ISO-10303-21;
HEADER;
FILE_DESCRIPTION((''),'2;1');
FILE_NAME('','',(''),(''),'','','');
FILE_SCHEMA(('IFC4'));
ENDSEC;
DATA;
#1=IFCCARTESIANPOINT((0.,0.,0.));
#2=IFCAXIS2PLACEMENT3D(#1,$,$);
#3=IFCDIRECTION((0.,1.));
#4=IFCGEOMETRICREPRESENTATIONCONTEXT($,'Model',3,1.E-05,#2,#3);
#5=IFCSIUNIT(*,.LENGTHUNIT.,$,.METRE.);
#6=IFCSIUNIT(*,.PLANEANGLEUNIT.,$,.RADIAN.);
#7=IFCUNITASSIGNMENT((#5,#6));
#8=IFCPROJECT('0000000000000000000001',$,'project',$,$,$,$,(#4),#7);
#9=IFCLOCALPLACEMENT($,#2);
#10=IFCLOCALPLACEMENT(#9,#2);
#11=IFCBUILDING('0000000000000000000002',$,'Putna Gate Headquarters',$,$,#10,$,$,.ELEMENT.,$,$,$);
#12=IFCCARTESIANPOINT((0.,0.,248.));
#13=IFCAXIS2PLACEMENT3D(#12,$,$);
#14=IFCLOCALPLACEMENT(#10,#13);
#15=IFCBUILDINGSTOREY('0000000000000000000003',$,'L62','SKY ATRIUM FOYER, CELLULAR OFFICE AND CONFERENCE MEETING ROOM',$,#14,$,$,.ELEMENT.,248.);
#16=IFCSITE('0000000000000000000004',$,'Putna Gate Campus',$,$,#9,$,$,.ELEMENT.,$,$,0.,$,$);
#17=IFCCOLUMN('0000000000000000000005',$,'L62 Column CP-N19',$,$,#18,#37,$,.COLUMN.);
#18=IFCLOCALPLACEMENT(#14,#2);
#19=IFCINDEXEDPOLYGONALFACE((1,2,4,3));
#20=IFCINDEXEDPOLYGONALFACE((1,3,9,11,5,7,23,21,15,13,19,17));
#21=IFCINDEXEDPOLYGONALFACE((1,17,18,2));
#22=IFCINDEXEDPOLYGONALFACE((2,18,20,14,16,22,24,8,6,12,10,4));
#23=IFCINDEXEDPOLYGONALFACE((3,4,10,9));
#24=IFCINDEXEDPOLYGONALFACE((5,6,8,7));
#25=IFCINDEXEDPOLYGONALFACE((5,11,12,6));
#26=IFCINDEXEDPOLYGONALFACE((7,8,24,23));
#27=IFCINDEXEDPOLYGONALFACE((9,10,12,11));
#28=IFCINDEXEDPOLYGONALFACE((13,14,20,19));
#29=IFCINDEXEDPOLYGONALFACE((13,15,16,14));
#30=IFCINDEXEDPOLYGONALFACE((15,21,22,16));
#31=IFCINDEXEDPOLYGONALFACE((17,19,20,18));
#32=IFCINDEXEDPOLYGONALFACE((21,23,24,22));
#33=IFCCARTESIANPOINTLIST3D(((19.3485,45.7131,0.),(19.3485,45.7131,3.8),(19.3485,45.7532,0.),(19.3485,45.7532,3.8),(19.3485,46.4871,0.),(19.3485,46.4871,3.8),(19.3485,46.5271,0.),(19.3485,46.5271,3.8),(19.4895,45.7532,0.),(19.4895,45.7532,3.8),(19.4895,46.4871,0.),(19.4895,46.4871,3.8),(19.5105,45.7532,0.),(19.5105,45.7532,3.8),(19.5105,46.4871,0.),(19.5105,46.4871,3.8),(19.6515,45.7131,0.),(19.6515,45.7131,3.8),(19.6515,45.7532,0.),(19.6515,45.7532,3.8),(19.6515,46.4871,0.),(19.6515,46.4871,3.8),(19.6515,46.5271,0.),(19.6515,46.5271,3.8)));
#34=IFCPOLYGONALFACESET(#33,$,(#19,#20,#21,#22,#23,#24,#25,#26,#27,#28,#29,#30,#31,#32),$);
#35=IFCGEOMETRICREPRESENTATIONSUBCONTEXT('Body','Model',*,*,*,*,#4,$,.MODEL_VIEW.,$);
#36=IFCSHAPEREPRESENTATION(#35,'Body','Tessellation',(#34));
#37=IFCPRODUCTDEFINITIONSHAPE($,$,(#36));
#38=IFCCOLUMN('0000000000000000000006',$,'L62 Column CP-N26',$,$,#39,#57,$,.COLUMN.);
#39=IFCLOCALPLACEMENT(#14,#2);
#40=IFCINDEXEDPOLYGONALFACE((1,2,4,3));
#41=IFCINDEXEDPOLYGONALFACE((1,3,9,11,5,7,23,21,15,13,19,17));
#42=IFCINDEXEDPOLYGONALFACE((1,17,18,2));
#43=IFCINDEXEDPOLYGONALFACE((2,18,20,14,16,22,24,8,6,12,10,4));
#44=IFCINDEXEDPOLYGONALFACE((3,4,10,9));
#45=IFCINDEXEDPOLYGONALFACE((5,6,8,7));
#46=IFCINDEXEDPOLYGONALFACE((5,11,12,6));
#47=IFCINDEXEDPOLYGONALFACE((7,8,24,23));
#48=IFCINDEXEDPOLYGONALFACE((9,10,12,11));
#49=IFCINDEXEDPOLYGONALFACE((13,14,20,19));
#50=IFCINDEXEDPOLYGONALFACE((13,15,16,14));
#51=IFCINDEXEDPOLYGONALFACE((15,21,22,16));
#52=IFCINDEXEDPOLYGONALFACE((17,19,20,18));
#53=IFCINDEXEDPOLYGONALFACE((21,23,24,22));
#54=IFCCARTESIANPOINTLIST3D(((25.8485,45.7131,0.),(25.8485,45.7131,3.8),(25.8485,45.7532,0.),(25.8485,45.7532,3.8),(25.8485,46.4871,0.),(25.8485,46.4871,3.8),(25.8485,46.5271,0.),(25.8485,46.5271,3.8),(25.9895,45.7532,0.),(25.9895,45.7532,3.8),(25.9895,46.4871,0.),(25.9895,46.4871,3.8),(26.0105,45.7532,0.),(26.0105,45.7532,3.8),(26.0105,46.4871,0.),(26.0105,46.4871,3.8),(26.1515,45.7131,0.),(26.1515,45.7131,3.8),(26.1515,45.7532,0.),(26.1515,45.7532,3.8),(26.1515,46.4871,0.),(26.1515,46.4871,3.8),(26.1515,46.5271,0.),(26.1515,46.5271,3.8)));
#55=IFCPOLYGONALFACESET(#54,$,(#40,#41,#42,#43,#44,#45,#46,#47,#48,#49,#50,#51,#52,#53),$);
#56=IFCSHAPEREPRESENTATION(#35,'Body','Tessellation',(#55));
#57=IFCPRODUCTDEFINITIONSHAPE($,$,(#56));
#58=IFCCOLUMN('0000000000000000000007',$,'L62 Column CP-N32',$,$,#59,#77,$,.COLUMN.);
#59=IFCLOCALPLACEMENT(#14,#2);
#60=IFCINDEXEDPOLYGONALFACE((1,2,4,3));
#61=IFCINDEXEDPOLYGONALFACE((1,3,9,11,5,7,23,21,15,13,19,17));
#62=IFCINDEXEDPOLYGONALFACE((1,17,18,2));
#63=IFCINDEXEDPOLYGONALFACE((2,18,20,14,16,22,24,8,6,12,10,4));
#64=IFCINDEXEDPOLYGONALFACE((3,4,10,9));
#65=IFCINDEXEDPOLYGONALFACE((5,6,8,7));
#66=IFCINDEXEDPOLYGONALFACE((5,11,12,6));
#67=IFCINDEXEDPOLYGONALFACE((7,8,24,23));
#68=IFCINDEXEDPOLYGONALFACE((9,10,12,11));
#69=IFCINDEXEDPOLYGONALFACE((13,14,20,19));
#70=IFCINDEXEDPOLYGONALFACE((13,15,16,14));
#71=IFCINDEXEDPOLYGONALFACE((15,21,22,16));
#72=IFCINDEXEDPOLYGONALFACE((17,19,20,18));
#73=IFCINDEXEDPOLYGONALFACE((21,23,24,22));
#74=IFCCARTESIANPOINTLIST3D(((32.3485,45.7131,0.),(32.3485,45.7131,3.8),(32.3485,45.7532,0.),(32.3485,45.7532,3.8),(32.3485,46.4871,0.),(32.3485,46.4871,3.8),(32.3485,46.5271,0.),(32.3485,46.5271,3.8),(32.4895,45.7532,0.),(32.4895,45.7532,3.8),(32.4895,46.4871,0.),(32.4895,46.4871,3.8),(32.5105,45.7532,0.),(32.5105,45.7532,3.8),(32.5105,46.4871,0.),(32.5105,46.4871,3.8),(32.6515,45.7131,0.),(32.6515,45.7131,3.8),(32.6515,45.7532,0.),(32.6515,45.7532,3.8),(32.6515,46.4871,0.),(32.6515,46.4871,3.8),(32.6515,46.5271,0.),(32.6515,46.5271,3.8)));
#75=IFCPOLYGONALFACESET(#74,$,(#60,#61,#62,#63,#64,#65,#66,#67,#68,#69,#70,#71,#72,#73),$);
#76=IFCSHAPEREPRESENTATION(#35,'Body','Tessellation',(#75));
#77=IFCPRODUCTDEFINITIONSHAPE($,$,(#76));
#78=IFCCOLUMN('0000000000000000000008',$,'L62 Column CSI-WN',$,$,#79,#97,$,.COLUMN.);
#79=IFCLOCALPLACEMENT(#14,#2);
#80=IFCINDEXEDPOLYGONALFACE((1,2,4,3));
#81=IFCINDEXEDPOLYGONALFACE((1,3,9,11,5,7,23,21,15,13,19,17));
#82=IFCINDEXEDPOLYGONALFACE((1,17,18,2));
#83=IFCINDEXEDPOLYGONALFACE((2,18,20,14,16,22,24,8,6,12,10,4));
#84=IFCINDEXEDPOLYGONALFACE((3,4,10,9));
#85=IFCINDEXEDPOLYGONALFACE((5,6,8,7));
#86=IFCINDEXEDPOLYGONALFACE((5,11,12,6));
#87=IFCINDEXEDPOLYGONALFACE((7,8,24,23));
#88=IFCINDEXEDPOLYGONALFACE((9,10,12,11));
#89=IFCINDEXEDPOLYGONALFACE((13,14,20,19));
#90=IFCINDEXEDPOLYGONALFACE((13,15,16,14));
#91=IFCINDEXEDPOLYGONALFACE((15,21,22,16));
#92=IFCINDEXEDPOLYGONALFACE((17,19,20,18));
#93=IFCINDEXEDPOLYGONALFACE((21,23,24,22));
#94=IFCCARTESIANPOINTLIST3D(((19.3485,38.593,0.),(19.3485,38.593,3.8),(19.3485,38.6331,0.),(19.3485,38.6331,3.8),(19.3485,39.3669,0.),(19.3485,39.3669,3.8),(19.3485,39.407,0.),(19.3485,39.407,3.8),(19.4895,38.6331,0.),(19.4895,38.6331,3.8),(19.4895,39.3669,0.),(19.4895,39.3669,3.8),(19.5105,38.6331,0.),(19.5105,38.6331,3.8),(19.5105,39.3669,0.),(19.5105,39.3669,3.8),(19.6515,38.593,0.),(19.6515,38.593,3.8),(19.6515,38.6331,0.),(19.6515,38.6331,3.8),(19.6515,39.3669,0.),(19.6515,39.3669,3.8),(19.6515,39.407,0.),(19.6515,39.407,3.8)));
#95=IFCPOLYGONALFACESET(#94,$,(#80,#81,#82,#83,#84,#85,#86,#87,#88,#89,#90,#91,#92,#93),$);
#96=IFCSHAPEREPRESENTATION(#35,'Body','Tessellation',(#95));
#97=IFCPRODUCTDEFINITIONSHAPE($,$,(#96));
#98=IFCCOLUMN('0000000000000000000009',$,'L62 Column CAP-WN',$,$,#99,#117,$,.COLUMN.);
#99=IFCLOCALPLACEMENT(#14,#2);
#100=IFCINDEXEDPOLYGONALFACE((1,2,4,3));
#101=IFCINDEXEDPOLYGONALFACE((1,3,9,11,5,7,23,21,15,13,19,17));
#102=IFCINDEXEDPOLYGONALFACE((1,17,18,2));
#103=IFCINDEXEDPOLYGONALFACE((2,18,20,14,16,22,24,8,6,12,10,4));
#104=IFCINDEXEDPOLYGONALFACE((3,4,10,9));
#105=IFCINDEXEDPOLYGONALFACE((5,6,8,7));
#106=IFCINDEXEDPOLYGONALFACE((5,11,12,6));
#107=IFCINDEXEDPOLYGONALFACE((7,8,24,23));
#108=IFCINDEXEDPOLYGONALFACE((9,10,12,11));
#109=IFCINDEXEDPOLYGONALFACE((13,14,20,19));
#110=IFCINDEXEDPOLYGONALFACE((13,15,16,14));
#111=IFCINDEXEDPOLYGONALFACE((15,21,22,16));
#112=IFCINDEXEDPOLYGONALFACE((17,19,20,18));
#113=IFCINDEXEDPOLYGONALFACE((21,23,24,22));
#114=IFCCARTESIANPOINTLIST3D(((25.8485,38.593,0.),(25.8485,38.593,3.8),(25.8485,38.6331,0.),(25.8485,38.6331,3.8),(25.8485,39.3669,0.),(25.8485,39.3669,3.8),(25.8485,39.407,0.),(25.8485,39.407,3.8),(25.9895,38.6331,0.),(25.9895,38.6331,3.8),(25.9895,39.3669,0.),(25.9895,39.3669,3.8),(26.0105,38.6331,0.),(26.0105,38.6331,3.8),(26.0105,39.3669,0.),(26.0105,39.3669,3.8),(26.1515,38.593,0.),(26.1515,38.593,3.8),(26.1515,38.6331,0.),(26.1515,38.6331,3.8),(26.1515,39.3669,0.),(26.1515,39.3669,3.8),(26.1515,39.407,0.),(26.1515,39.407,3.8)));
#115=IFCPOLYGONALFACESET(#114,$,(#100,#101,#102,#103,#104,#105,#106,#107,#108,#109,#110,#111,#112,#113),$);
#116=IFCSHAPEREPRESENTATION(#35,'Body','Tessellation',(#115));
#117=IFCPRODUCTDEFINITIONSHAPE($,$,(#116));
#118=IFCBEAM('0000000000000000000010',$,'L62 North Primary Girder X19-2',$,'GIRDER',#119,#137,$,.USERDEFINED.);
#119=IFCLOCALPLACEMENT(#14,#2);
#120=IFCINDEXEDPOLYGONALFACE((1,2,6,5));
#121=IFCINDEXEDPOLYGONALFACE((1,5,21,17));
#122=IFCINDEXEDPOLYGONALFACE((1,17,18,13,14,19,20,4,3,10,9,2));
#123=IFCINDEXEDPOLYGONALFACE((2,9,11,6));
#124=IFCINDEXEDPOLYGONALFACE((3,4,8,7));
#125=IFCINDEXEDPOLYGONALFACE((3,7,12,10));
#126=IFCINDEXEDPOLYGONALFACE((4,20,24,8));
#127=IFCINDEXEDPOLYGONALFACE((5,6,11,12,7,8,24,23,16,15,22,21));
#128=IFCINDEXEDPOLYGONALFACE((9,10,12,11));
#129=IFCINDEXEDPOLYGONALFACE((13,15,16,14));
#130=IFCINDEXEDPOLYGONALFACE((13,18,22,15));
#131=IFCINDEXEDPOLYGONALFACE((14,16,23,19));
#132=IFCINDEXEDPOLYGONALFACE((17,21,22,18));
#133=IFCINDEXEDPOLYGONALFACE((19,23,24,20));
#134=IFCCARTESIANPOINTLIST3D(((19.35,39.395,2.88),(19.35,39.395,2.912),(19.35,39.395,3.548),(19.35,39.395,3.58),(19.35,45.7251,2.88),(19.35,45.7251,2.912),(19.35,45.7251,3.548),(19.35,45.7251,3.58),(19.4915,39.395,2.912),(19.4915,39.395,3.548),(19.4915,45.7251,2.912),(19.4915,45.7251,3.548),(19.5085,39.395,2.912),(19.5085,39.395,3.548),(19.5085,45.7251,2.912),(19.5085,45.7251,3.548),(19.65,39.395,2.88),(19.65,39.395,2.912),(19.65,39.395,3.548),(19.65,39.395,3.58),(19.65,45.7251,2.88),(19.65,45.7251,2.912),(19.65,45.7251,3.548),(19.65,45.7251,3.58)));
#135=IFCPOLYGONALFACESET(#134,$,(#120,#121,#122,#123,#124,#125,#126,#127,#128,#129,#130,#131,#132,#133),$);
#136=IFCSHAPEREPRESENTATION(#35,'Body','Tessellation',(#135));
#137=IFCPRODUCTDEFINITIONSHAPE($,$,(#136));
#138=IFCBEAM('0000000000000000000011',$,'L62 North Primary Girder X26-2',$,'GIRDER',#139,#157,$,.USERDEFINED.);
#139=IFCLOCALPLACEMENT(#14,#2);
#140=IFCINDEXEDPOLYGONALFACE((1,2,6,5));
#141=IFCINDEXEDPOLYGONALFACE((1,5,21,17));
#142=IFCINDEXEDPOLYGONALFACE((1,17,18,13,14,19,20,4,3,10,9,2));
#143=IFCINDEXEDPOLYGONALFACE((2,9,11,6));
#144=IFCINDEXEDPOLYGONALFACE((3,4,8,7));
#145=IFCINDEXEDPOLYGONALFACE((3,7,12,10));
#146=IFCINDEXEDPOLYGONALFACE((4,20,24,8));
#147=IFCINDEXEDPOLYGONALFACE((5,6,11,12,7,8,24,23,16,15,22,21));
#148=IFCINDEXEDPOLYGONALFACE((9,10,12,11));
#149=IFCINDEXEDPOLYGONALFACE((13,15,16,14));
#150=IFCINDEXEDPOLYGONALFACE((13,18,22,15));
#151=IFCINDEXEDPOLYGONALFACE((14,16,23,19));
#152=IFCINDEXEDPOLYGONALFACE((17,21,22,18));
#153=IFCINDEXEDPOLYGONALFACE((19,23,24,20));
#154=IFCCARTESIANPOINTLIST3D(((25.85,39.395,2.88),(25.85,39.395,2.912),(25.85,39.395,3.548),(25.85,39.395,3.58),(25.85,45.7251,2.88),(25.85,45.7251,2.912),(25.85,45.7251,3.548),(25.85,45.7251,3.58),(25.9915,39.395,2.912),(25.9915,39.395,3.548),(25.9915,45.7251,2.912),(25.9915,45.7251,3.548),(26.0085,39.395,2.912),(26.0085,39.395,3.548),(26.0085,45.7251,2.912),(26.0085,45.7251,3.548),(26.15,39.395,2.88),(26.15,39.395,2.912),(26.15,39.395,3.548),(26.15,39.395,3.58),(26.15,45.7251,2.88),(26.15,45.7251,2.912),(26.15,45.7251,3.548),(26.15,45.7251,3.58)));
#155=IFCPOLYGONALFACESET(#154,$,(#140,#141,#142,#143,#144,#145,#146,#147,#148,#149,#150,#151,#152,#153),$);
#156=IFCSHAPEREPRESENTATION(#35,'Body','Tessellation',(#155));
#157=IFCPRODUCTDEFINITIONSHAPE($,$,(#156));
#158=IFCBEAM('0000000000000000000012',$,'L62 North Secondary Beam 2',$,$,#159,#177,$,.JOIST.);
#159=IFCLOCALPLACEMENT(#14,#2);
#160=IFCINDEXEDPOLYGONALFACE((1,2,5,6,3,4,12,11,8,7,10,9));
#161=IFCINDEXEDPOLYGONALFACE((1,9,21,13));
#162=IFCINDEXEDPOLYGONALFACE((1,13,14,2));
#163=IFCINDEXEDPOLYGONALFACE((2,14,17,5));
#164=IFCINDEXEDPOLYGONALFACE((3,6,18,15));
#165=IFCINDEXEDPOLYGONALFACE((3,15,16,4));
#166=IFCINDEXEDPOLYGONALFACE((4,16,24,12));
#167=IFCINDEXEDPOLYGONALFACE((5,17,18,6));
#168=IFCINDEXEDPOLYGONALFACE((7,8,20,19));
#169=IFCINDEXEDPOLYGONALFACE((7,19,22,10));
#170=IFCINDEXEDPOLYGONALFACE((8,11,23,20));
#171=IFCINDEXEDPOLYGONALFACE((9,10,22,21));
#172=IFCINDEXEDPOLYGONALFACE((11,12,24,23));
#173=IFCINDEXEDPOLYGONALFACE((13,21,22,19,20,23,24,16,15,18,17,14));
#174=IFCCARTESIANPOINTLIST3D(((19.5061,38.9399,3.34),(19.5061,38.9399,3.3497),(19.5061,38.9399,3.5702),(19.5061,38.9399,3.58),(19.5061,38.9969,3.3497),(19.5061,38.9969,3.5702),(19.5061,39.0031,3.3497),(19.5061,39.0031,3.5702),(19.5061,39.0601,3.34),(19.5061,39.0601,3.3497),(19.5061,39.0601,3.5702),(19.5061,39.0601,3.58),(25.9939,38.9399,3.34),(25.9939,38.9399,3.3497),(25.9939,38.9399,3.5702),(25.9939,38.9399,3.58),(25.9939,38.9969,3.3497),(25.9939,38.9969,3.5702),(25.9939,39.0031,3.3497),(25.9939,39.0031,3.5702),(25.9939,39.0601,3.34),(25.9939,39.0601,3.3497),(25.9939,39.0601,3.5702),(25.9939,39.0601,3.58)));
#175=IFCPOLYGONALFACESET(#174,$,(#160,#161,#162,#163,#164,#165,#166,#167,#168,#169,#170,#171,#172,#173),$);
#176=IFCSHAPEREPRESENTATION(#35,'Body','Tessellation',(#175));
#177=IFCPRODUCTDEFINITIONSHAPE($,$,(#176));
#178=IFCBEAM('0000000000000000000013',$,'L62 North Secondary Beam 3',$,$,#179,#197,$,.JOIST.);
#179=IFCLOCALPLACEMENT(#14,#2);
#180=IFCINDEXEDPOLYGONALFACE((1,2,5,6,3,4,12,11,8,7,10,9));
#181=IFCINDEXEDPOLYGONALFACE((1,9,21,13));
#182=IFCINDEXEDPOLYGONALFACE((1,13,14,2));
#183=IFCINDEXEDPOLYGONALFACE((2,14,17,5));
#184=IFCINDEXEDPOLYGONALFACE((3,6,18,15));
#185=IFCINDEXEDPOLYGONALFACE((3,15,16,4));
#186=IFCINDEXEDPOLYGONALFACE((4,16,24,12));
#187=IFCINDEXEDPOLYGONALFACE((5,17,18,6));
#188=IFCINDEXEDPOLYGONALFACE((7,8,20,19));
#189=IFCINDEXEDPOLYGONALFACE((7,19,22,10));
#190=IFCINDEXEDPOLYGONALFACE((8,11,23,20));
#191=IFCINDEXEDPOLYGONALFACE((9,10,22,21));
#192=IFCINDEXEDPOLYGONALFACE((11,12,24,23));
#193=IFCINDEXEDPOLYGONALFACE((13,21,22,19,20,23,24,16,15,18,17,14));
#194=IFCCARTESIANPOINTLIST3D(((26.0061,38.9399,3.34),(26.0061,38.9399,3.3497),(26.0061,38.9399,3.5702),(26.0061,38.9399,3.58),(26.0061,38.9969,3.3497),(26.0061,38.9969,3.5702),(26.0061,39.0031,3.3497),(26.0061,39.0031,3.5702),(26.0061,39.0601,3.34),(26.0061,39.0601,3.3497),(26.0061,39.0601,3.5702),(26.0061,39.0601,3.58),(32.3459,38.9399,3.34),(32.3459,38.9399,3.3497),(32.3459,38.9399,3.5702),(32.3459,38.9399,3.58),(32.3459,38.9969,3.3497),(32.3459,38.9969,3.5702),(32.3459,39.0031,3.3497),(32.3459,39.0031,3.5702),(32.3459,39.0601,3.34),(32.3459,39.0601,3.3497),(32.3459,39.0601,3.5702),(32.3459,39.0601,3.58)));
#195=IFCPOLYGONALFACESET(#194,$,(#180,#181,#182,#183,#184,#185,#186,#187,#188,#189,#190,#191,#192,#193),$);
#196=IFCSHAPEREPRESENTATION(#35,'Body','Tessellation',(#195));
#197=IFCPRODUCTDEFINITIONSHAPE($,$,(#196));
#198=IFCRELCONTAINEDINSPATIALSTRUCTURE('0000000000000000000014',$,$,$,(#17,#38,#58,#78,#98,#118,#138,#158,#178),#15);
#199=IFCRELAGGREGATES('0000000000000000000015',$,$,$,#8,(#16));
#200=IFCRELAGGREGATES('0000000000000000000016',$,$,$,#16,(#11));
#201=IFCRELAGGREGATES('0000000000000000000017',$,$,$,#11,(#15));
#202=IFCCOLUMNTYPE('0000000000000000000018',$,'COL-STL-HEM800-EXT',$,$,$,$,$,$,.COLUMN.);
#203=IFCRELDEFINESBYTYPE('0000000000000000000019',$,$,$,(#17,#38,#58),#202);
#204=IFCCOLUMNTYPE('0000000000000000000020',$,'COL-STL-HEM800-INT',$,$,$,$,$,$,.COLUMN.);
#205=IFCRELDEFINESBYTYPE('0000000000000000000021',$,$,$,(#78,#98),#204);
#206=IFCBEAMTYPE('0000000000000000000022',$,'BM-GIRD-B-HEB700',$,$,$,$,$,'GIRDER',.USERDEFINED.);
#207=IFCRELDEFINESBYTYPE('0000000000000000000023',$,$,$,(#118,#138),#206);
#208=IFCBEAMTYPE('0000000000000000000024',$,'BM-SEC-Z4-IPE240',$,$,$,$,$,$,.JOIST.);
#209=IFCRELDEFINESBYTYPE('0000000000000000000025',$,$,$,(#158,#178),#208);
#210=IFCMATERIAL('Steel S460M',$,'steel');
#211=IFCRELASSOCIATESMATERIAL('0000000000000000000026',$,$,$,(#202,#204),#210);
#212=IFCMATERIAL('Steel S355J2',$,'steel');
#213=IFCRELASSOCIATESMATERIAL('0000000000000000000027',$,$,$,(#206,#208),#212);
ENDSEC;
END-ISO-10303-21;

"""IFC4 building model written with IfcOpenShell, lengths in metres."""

from ifc_helpers import new_model, si_unit, direction, frame, origin, origin_2d, place, context, subcontext, project, spatial, i_section, extrude, material, material_profile, profile_set, type_object, element, save


model = new_model("IFC4")

# Units and contexts
model_context = context("Model", 3, precision=1e-05, world=origin(), true_north=direction((0.0, 1.0)))
body_context = subcontext(model_context, "Body", "Model", "MODEL_VIEW")
ifc_project = project(units=[si_unit("LENGTHUNIT", "METRE"), si_unit("PLANEANGLEUNIT", "RADIAN")], contexts=[model_context])

# Site, building, storey
site_placement = place(None, origin())
site = spatial("IfcSite", under=ifc_project, at=site_placement, Name="Putna Gate Campus", CompositionType="ELEMENT", RefElevation=0.0)
building_placement = place(site_placement, origin())
building = spatial("IfcBuilding", under=site, at=building_placement, Name="Putna Gate Headquarters", CompositionType="ELEMENT")
storey_placement = place(building_placement, frame((0.0, 0.0, 248.0)))
storey = spatial("IfcBuildingStorey", under=building, at=storey_placement, Name="L62", Description="SKY ATRIUM FOYER, CELLULAR OFFICE AND CONFERENCE MEETING ROOM", CompositionType="ELEMENT", Elevation=248.0)

# Columns
ifc_material_1 = material(Name="Steel S460M", Category="steel")
ifc_material_profile_1 = material_profile(ifc_material_1, i_section(OverallWidth=0.303, OverallDepth=0.814, WebThickness=0.021, FlangeThickness=0.04, at=origin_2d()), Name="Steel S460M")
ifc_profile_set_1 = profile_set([ifc_material_profile_1], Name="Steel S460M")
column_type_1 = type_object("IfcColumnType", Name="COL-STL-HEM800-EXT", PredefinedType="COLUMN", material=ifc_profile_set_1)
for number, where, z_axis, x_axis, name in (
    (1, (19.5, 46.1201, 0.0), (0.0, 0.0, 1.0), (1.0, 0.0, 0.0), "L62 Column CP-N19"),
    (2, (26.0, 46.1201, 0.0), (0.0, 0.0, 1.0), (1.0, 0.0, 0.0), "L62 Column CP-N26"),
    (3, (32.5, 46.1201, 0.0), (0.0, 0.0, 1.0), (1.0, 0.0, 0.0), "L62 Column CP-N32"),
):
    element("IfcColumn", number, at=place(storey_placement, frame(where, z_axis=z_axis, x_axis=x_axis)), inside=storey, type_object=column_type_1, Name=name, PredefinedType="COLUMN", context=body_context, shape_type="SweptSolid", body=[
        extrude(i_section(OverallWidth=0.303, OverallDepth=0.814, WebThickness=0.021, FlangeThickness=0.04, at=origin_2d()), origin(), (0.0, 0.0, 1.0), 3.8),
    ])
ifc_material_profile_2 = material_profile(ifc_material_1, i_section(OverallWidth=0.303, OverallDepth=0.814, WebThickness=0.021, FlangeThickness=0.04, at=origin_2d()), Name="Steel S460M")
ifc_profile_set_2 = profile_set([ifc_material_profile_2], Name="Steel S460M")
column_type_2 = type_object("IfcColumnType", Name="COL-STL-HEM800-INT", PredefinedType="COLUMN", material=ifc_profile_set_2)
for number, where, z_axis, x_axis, name in (
    (4, (19.5, 39.0, 0.0), (0.0, 0.0, 1.0), (1.0, 0.0, 0.0), "L62 Column CSI-WN"),
    (5, (26.0, 39.0, 0.0), (0.0, 0.0, 1.0), (1.0, 0.0, 0.0), "L62 Column CAP-WN"),
):
    element("IfcColumn", number, at=place(storey_placement, frame(where, z_axis=z_axis, x_axis=x_axis)), inside=storey, type_object=column_type_2, Name=name, PredefinedType="COLUMN", context=body_context, shape_type="SweptSolid", body=[
        extrude(i_section(OverallWidth=0.303, OverallDepth=0.814, WebThickness=0.021, FlangeThickness=0.04, at=origin_2d()), origin(), (0.0, 0.0, 1.0), 3.8),
    ])

# Beams
ifc_material_2 = material(Name="Steel S355J2", Category="steel")
ifc_material_profile_3 = material_profile(ifc_material_2, i_section(OverallWidth=0.3, OverallDepth=0.7, WebThickness=0.0171, FlangeThickness=0.032, at=origin_2d()), Name="Steel S355J2")
ifc_profile_set_3 = profile_set([ifc_material_profile_3], Name="Steel S355J2")
beam_type_1 = type_object("IfcBeamType", Name="BM-GIRD-B-HEB700", ElementType="GIRDER", PredefinedType="USERDEFINED", material=ifc_profile_set_3)
for number, where, z_axis, x_axis, name in (
    (6, (19.5, 39.395, 3.23), (0.0, 1.0, 0.0), (-1.0, 0.0, 0.0), "L62 North Primary Girder X19-2"),
    (7, (26.0, 39.395, 3.23), (0.0, 1.0, 0.0), (-1.0, 0.0, 0.0), "L62 North Primary Girder X26-2"),
):
    element("IfcBeam", number, at=place(storey_placement, frame(where, z_axis=z_axis, x_axis=x_axis)), inside=storey, type_object=beam_type_1, Name=name, ObjectType="GIRDER", PredefinedType="USERDEFINED", context=body_context, shape_type="SweptSolid", body=[
        extrude(i_section(OverallWidth=0.3, OverallDepth=0.7, WebThickness=0.0171, FlangeThickness=0.032, at=origin_2d()), origin(), (0.0, 0.0, 1.0), 6.3301),
    ])
ifc_material_profile_4 = material_profile(ifc_material_2, i_section(OverallWidth=0.1201, OverallDepth=0.24, WebThickness=0.0061, FlangeThickness=0.0098, at=origin_2d()), Name="Steel S355J2")
ifc_profile_set_4 = profile_set([ifc_material_profile_4], Name="Steel S355J2")
beam_type_2 = type_object("IfcBeamType", Name="BM-SEC-Z4-IPE240", PredefinedType="JOIST", material=ifc_profile_set_4)
beam_1_placement = place(storey_placement, frame((19.5061, 39.0, 3.46), z_axis=(1.0, 0.0, 0.0), x_axis=(0.0, 1.0, 0.0)))
element("IfcBeam", 8, at=beam_1_placement, inside=storey, type_object=beam_type_2, Name="L62 North Secondary Beam 2", PredefinedType="JOIST", context=body_context, shape_type="SweptSolid", body=[
    extrude(i_section(OverallWidth=0.1201, OverallDepth=0.24, WebThickness=0.0061, FlangeThickness=0.0098, at=origin_2d()), origin(), (0.0, 0.0, 1.0), 6.4878),
])
beam_2_placement = place(storey_placement, frame((26.0061, 39.0, 3.46), z_axis=(1.0, 0.0, 0.0), x_axis=(0.0, 1.0, 0.0)))
element("IfcBeam", 9, at=beam_2_placement, inside=storey, type_object=beam_type_2, Name="L62 North Secondary Beam 3", PredefinedType="JOIST", context=body_context, shape_type="SweptSolid", body=[
    extrude(i_section(OverallWidth=0.1201, OverallDepth=0.24, WebThickness=0.0061, FlangeThickness=0.0098, at=origin_2d()), origin(), (0.0, 0.0, 1.0), 6.3398),
])

save(model, "model.ifc")
